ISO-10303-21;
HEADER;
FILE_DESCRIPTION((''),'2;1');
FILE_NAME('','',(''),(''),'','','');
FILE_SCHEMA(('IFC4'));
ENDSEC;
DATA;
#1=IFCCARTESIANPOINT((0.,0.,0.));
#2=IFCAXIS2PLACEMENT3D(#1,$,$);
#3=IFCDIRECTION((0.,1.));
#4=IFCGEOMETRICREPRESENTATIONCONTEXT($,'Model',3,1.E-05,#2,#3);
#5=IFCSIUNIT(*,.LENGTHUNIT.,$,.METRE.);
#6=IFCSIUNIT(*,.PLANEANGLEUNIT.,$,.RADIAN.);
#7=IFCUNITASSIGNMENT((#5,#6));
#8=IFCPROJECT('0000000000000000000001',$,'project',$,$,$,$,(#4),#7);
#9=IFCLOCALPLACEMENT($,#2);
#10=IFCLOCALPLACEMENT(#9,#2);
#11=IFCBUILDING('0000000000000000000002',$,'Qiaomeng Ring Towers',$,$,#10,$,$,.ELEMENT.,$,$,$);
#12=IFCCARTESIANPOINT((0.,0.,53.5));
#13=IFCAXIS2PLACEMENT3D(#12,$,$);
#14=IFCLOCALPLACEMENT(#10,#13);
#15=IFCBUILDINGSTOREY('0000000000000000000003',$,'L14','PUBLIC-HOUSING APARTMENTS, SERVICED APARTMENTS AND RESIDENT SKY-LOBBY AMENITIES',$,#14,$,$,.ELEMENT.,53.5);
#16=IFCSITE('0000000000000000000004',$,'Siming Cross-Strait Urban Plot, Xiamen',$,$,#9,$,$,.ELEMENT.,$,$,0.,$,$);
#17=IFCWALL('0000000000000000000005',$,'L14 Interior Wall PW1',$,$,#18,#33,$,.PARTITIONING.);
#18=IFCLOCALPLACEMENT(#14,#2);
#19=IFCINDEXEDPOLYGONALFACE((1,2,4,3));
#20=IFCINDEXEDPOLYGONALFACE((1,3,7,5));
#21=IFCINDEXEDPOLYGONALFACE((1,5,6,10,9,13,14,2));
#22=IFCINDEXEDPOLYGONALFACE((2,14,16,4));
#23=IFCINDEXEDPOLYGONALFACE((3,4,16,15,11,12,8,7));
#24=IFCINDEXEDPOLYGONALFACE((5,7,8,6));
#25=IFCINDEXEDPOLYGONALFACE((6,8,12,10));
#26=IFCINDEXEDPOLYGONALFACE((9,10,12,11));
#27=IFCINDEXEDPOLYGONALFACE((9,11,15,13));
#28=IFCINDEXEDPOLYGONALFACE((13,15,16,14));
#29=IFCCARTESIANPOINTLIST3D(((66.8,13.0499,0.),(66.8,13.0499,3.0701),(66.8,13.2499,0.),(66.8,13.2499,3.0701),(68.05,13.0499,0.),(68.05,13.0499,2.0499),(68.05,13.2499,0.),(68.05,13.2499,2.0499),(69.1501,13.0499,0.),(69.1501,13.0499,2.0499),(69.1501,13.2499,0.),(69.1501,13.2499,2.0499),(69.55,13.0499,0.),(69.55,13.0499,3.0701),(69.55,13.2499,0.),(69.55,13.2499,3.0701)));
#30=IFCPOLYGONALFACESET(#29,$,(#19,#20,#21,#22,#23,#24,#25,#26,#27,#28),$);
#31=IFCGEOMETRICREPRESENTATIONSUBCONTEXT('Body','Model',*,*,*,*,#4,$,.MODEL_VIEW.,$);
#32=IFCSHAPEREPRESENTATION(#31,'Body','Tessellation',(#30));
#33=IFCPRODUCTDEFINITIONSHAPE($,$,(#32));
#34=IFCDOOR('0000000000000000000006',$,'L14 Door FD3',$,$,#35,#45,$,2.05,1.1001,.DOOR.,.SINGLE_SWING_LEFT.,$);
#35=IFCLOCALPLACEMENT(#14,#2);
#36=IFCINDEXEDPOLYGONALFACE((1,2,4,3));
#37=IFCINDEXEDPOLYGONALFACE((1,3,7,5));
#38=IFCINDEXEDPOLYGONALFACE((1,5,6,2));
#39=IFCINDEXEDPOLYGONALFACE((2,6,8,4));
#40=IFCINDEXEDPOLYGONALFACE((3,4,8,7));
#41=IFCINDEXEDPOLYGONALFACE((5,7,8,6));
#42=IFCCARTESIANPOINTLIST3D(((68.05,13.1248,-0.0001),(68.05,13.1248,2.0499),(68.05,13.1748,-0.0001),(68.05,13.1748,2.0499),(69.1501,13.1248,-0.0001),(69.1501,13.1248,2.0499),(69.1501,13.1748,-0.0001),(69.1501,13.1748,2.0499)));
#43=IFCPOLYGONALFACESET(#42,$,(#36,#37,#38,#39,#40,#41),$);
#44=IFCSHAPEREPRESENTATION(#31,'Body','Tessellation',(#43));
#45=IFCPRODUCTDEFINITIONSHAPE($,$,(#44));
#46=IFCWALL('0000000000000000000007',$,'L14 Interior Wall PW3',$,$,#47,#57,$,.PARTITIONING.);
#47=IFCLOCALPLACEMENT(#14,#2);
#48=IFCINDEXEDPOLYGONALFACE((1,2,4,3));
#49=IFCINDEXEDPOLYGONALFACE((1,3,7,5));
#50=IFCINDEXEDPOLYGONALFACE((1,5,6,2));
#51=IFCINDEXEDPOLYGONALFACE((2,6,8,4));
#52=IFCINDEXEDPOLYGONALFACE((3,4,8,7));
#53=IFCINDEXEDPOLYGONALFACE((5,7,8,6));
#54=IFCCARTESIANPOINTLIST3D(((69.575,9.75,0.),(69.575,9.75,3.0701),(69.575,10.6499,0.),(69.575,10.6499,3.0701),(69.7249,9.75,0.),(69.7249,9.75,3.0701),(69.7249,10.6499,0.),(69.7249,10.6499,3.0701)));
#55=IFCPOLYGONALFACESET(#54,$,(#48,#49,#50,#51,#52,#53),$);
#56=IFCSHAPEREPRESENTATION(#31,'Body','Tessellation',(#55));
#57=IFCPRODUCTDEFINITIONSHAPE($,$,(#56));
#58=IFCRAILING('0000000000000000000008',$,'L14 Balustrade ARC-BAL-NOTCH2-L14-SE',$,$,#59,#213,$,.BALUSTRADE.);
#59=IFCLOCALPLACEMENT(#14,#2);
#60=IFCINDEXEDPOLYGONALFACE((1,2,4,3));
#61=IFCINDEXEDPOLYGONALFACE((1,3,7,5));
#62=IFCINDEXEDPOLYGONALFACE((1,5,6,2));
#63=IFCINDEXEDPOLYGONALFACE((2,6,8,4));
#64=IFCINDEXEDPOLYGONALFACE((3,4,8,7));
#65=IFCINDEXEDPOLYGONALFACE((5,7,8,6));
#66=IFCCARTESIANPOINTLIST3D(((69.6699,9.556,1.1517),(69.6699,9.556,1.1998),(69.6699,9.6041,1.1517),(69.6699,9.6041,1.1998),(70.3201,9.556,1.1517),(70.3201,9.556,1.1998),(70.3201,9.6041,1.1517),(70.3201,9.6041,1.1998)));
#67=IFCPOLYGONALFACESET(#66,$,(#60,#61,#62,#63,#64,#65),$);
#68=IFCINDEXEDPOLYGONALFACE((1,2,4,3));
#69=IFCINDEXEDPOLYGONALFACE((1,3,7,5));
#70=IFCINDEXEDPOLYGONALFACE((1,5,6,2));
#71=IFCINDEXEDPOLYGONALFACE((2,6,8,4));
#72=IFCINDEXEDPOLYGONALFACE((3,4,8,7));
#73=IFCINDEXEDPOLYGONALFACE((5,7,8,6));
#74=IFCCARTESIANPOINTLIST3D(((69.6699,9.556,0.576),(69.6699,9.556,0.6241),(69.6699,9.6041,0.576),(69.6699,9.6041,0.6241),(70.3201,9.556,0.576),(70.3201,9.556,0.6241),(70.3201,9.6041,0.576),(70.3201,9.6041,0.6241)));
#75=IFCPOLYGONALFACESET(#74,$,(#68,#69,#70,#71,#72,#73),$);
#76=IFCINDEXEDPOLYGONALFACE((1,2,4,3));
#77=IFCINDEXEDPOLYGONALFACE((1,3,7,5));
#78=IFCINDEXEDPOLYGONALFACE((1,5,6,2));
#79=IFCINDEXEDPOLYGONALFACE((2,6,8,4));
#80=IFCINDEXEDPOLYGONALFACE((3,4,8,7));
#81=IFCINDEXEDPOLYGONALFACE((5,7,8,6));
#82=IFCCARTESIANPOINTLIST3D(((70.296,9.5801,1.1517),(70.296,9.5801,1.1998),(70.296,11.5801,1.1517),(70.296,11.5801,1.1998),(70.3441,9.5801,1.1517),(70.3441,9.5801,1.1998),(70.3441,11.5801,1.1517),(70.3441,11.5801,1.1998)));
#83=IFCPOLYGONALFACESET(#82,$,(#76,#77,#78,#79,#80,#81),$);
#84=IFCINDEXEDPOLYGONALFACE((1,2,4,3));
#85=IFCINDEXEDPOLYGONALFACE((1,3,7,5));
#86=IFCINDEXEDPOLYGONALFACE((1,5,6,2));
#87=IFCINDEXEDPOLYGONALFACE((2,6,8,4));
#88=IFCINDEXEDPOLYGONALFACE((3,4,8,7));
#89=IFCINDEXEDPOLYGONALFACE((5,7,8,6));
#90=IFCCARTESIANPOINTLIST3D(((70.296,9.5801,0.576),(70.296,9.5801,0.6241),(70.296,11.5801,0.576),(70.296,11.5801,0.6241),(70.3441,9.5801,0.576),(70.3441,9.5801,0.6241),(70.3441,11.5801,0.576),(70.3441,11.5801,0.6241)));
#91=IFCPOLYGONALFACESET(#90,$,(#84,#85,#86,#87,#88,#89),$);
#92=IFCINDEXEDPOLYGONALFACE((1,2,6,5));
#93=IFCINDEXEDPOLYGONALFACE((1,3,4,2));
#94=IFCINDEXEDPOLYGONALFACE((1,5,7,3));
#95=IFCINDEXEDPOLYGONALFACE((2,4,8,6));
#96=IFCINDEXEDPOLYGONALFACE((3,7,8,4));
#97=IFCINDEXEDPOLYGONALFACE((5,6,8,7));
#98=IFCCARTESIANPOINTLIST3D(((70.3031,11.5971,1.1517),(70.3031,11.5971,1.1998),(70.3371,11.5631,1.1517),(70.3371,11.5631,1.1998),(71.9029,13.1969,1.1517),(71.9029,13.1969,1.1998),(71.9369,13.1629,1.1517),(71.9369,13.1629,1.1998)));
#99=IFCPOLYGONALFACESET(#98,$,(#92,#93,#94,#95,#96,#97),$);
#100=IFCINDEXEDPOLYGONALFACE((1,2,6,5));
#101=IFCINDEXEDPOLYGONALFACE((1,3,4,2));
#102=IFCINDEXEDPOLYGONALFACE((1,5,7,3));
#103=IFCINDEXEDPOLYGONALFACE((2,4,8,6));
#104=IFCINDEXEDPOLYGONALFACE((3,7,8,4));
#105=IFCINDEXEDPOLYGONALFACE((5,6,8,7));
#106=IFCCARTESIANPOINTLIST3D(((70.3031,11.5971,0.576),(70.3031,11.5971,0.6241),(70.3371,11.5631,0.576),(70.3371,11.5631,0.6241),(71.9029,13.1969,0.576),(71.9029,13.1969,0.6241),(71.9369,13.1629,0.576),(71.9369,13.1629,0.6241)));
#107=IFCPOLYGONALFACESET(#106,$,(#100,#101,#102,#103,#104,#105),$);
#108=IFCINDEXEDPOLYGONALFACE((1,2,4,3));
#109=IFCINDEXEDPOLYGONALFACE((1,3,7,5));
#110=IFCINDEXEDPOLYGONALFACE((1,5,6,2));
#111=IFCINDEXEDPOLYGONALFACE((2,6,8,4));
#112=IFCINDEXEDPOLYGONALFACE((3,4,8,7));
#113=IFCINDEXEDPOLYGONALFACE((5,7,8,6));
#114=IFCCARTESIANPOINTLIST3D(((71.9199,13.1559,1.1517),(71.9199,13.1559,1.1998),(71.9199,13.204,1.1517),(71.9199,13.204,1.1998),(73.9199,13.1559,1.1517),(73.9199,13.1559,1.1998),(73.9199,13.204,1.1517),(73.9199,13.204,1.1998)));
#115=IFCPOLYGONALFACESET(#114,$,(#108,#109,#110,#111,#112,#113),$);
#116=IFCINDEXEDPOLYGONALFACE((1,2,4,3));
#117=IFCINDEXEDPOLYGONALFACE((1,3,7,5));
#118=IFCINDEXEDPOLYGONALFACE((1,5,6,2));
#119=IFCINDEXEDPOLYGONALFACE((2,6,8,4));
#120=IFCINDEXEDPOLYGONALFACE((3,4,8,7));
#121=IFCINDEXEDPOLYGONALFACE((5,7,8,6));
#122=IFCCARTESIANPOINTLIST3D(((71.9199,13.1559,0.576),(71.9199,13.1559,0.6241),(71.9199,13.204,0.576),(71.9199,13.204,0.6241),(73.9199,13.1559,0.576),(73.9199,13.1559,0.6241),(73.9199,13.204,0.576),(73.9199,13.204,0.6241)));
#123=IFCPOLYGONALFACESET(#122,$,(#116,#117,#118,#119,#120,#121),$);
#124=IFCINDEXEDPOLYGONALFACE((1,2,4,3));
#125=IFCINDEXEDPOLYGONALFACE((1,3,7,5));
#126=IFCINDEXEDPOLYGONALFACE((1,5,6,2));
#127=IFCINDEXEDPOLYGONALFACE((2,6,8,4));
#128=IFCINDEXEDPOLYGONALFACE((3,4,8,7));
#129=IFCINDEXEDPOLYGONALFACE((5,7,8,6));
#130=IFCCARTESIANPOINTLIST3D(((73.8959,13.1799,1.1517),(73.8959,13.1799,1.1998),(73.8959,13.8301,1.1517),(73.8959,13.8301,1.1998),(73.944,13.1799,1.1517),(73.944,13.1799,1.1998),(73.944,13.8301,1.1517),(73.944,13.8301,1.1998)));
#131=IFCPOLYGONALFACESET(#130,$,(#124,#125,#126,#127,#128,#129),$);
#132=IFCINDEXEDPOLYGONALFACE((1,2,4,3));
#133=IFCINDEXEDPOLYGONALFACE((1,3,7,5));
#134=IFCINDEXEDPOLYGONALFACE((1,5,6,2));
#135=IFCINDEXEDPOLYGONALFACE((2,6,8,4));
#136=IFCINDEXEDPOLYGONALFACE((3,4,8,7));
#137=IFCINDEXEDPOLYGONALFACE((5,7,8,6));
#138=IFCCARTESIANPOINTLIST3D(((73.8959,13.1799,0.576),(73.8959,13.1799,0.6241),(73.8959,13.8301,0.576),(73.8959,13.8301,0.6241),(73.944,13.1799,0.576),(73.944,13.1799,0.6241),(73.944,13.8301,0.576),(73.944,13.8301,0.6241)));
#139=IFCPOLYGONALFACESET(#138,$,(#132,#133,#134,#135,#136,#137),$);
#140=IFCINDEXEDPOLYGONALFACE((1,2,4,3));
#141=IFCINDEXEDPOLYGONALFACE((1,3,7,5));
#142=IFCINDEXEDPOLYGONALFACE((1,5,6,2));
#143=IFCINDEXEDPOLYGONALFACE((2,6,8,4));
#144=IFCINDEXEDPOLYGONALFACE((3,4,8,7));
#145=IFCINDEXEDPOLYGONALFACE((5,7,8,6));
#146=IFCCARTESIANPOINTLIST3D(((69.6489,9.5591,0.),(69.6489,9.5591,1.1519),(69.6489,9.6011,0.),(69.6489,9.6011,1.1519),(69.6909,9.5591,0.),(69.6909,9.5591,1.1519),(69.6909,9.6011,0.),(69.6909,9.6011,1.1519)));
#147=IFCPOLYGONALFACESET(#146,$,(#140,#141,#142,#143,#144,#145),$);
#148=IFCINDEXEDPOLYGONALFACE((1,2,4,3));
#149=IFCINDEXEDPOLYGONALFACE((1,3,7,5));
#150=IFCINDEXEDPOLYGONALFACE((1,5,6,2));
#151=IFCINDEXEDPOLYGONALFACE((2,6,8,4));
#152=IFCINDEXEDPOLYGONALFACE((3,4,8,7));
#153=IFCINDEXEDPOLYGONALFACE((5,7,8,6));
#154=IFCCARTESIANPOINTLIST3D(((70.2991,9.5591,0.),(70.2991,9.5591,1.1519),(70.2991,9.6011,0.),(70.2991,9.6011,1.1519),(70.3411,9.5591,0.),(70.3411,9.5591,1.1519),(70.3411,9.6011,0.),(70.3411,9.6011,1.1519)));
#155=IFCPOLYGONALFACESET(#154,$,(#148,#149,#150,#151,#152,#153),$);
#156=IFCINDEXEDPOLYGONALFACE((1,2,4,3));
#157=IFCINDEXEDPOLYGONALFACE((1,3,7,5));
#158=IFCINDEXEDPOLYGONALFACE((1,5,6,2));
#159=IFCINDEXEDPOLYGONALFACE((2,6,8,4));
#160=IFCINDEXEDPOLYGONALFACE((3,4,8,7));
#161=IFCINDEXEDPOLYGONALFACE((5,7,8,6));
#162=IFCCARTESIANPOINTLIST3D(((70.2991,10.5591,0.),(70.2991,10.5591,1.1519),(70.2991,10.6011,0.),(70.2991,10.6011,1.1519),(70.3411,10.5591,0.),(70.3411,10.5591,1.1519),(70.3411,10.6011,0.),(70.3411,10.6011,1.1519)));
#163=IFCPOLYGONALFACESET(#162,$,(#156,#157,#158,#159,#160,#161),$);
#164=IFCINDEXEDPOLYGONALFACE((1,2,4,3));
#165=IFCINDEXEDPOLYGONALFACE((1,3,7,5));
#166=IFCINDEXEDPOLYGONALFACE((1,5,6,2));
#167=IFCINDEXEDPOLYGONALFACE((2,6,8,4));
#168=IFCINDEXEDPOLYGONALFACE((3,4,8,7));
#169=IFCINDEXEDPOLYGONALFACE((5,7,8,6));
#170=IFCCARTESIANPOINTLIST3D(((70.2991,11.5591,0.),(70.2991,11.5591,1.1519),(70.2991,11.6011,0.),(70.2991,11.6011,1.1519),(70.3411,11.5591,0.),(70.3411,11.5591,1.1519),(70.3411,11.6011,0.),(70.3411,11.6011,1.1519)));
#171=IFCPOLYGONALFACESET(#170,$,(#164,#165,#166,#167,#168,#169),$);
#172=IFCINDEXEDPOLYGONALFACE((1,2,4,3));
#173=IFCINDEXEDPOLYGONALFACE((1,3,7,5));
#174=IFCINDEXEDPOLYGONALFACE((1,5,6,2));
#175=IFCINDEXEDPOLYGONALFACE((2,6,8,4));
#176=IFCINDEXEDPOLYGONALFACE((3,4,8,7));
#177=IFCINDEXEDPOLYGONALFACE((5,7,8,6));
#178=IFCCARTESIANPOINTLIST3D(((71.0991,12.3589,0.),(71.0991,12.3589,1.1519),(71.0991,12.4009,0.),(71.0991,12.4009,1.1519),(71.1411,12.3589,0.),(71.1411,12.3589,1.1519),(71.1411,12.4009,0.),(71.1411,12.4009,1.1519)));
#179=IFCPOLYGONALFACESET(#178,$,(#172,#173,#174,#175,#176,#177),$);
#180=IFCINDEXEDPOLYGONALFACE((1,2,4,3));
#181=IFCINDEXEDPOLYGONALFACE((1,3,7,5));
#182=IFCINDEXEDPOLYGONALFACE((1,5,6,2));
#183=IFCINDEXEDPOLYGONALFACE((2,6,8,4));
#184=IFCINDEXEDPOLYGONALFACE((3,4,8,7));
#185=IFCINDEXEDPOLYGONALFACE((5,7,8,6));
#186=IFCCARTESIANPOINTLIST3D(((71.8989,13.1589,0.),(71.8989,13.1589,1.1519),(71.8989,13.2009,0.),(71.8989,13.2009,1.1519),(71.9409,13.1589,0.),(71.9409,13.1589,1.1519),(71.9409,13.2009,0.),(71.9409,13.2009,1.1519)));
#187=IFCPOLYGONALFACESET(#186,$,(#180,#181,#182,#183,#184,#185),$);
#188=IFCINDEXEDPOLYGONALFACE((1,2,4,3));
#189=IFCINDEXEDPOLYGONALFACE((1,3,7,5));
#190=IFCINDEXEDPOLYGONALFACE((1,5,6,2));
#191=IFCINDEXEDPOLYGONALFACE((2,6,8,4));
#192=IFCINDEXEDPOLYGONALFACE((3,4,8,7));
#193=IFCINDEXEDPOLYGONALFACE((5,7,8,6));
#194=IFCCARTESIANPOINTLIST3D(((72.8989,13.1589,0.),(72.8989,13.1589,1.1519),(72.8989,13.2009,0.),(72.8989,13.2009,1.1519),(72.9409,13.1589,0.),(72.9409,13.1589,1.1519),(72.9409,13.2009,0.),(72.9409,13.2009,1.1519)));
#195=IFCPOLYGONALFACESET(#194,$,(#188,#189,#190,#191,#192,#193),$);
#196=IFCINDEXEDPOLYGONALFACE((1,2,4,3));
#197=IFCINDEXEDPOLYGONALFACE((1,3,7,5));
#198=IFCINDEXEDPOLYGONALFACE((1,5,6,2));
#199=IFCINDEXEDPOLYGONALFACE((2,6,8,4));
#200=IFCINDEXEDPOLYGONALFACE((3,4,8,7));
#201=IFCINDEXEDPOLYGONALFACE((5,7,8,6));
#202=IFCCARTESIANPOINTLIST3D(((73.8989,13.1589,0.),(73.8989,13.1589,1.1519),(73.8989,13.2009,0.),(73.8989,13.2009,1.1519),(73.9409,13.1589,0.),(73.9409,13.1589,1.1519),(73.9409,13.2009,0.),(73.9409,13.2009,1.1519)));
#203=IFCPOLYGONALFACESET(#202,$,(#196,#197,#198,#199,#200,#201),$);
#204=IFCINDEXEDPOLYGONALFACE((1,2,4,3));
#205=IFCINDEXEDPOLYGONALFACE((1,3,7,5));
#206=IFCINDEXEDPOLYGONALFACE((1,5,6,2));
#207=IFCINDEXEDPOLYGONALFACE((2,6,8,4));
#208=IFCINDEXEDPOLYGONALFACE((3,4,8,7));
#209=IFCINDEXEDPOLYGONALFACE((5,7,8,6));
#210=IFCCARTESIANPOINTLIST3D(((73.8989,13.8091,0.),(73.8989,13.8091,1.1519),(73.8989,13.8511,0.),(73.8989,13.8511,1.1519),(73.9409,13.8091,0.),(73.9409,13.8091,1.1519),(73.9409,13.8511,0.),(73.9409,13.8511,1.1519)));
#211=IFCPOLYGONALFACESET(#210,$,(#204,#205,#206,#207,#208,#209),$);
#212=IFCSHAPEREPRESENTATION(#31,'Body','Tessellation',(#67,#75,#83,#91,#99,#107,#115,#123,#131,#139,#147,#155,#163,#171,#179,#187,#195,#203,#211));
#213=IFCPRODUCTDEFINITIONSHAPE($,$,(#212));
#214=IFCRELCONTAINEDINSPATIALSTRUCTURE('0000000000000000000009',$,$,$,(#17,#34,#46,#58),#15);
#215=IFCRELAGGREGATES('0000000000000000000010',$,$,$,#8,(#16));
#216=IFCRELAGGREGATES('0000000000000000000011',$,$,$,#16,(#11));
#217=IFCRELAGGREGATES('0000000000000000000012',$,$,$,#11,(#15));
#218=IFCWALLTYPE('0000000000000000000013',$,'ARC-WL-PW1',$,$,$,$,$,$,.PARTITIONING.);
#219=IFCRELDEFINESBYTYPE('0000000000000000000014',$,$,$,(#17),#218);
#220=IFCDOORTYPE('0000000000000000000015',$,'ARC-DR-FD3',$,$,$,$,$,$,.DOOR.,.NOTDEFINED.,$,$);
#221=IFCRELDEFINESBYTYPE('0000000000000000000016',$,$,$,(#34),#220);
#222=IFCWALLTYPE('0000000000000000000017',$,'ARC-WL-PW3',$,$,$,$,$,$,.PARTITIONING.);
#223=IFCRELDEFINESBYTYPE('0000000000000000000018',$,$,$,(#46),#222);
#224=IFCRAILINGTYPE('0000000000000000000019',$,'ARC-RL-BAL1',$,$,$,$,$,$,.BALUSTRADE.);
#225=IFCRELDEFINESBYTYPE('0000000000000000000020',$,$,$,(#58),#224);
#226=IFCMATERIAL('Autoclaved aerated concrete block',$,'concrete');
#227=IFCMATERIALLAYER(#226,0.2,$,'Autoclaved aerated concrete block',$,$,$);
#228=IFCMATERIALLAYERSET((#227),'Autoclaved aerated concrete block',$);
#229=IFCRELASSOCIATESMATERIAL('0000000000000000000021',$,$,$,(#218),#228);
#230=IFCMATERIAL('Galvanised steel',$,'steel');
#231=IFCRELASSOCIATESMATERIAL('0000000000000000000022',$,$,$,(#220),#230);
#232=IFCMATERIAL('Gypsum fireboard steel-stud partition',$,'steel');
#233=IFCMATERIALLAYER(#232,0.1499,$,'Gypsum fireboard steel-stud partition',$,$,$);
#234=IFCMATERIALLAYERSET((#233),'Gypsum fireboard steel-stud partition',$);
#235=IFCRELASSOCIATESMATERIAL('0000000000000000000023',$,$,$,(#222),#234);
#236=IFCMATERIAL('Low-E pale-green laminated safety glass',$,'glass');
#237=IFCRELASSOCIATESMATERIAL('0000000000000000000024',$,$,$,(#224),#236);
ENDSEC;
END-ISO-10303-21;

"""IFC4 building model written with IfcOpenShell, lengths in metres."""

from ifc_helpers import new_model, si_unit, direction, frame, frame_2d, origin, origin_2d, place, context, subcontext, project, spatial, rectangle, extrude, source, transform, mapped, material, layer, layer_set, type_object, element, fill, save


model = new_model("IFC4")

# Units and contexts
model_context = context("Model", 3, precision=1e-05, world=origin(), true_north=direction((0.0, 1.0)))
body_context = subcontext(model_context, "Body", "Model", "MODEL_VIEW")
ifc_project = project(units=[si_unit("LENGTHUNIT", "METRE"), si_unit("PLANEANGLEUNIT", "RADIAN")], contexts=[model_context])

# Site, building, storey
site_placement = place(None, origin())
site = spatial("IfcSite", under=ifc_project, at=site_placement, Name="Siming Cross-Strait Urban Plot, Xiamen", CompositionType="ELEMENT", RefElevation=0.0)
building_placement = place(site_placement, origin())
building = spatial("IfcBuilding", under=site, at=building_placement, Name="Qiaomeng Ring Towers", CompositionType="ELEMENT")
storey_placement = place(building_placement, frame((0.0, 0.0, 53.5)))
storey = spatial("IfcBuildingStorey", under=building, at=storey_placement, Name="L14", Description="PUBLIC-HOUSING APARTMENTS, SERVICED APARTMENTS AND RESIDENT SKY-LOBBY AMENITIES", CompositionType="ELEMENT", Elevation=53.5)

# Shared definitions
ifc_material_1 = material(Name="Autoclaved aerated concrete block", Category="concrete")
ifc_layer_1 = layer(ifc_material_1, 0.2, Name="Autoclaved aerated concrete block")
ifc_layer_set_1 = layer_set([ifc_layer_1], Name="Autoclaved aerated concrete block")
wall_type_1 = type_object("IfcWallType", Name="ARC-WL-PW1", PredefinedType="PARTITIONING", material=ifc_layer_set_1)

# Wall, opening, door
wall_1_placement = place(storey_placement, frame((66.8, 13.1499, 0.0), z_axis=(0.0, 0.0, 1.0), x_axis=(1.0, 0.0, 0.0)))
wall_1 = element("IfcWall", 1, at=wall_1_placement, inside=storey, type_object=wall_type_1, Name="L14 Interior Wall PW1", PredefinedType="PARTITIONING", context=body_context, shape_type="SweptSolid", body=[
    extrude(rectangle(XDim=2.75, YDim=0.2, at=frame_2d((1.375, 0.0))), origin(), (0.0, 0.0, 1.0), 3.0701),
])
opening_1_placement = place(wall_1_placement, frame((1.25, 0.0, 0.0)))
opening_1 = element("IfcOpeningElement", 2, at=opening_1_placement, cuts=wall_1, PredefinedType="OPENING", context=body_context, shape_type="SweptSolid", body=[
    extrude(rectangle(XDim=1.1001, YDim=2.05, at=frame_2d((0.55, 1.0249))), frame((0.0, 0.1099, 0.0), z_axis=(0.0, -1.0, 0.0), x_axis=(1.0, 0.0, 0.0)), (0.0, 0.0, 1.0), 0.22),
])
ifc_material_2 = material(Name="Galvanised steel", Category="steel")
door_type_1 = type_object("IfcDoorType", Name="ARC-DR-FD3", OperationType="NOTDEFINED", PredefinedType="DOOR", material=ifc_material_2)
shared_shape_1 = source(origin(), body_context, "Body", "SweptSolid", [
    extrude(rectangle(XDim=1.1001, YDim=2.05, at=frame_2d((0.55, 1.0249))), frame((0.0, 0.0249, 0.0), z_axis=(0.0, -1.0, 0.0), x_axis=(1.0, 0.0, 0.0)), (0.0, 0.0, 1.0), 0.05),
])
door_1_placement = place(opening_1_placement, origin())
door_1 = element("IfcDoor", 3, at=door_1_placement, inside=storey, type_object=door_type_1, Name="L14 Door FD3", OperationType="SINGLE_SWING_LEFT", OverallHeight=2.05, OverallWidth=1.1001, PredefinedType="DOOR", context=body_context, shape_type="MappedRepresentation", body=[
    mapped(shared_shape_1, transform((0.0, 0.0, 0.0), x_axis=(1.0, 0.0, 0.0), y_axis=(0.0, 1.0, 0.0), z_axis=(0.0, 0.0, 1.0), scale=1.0)),
])
fill(opening_1, door_1)

# Wall
ifc_material_3 = material(Name="Gypsum fireboard steel-stud partition", Category="steel")
ifc_layer_2 = layer(ifc_material_3, 0.1499, Name="Gypsum fireboard steel-stud partition")
ifc_layer_set_2 = layer_set([ifc_layer_2], Name="Gypsum fireboard steel-stud partition")
wall_type_2 = type_object("IfcWallType", Name="ARC-WL-PW3", PredefinedType="PARTITIONING", material=ifc_layer_set_2)
wall_2_placement = place(storey_placement, frame((69.6499, 9.75, 0.0), z_axis=(0.0, 0.0, 1.0), x_axis=(0.0, 1.0, 0.0)))
element("IfcWall", 4, at=wall_2_placement, inside=storey, type_object=wall_type_2, Name="L14 Interior Wall PW3", PredefinedType="PARTITIONING", context=body_context, shape_type="SweptSolid", body=[
    extrude(rectangle(XDim=0.8999, YDim=0.1499, at=frame_2d((0.45, 0.0))), origin(), (0.0, 0.0, 1.0), 3.0701),
])

# Railing
ifc_material_4 = material(Name="Low-E pale-green laminated safety glass", Category="glass")
railing_type = type_object("IfcRailingType", Name="ARC-RL-BAL1", PredefinedType="BALUSTRADE", material=ifc_material_4)
railing_placement = place(storey_placement, frame((69.6699, 9.5801, 0.0)))
element("IfcRailing", 5, at=railing_placement, inside=storey, type_object=railing_type, Name="L14 Balustrade ARC-BAL-NOTCH2-L14-SE", PredefinedType="BALUSTRADE", context=body_context, shape_type="SweptSolid", body=[
    extrude(rectangle(XDim=0.0481, YDim=0.0481, at=origin_2d()), frame((0.0, 0.0, 1.1758), z_axis=(1.0, 0.0, 0.0), x_axis=(0.0, 1.0, 0.0)), (0.0, 0.0, 1.0), 0.6501),
    extrude(rectangle(XDim=0.0481, YDim=0.0481, at=origin_2d()), frame((0.0, 0.0, 0.6001), z_axis=(1.0, 0.0, 0.0), x_axis=(0.0, 1.0, 0.0)), (0.0, 0.0, 1.0), 0.6501),
    extrude(rectangle(XDim=0.0481, YDim=0.0481, at=origin_2d()), frame((0.6501, 0.0, 1.1758), z_axis=(0.0, 1.0, 0.0), x_axis=(-1.0, 0.0, 0.0)), (0.0, 0.0, 1.0), 2.0),
    extrude(rectangle(XDim=0.0481, YDim=0.0481, at=origin_2d()), frame((0.6501, 0.0, 0.6001), z_axis=(0.0, 1.0, 0.0), x_axis=(-1.0, 0.0, 0.0)), (0.0, 0.0, 1.0), 2.0),
    extrude(rectangle(XDim=0.0481, YDim=0.0481, at=origin_2d()), frame((0.6501, 2.0, 1.1758), z_axis=(0.707107, 0.707107, 0.0), x_axis=(-0.707107, 0.707107, 0.0)), (0.0, 0.0, 1.0), 2.2625),
    extrude(rectangle(XDim=0.0481, YDim=0.0481, at=origin_2d()), frame((0.6501, 2.0, 0.6001), z_axis=(0.707107, 0.707107, 0.0), x_axis=(-0.707107, 0.707107, 0.0)), (0.0, 0.0, 1.0), 2.2625),
    extrude(rectangle(XDim=0.0481, YDim=0.0481, at=origin_2d()), frame((2.25, 3.5999, 1.1758), z_axis=(1.0, 0.0, 0.0), x_axis=(0.0, 1.0, 0.0)), (0.0, 0.0, 1.0), 2.0),
    extrude(rectangle(XDim=0.0481, YDim=0.0481, at=origin_2d()), frame((2.25, 3.5999, 0.6001), z_axis=(1.0, 0.0, 0.0), x_axis=(0.0, 1.0, 0.0)), (0.0, 0.0, 1.0), 2.0),
    extrude(rectangle(XDim=0.0481, YDim=0.0481, at=origin_2d()), frame((4.25, 3.5999, 1.1758), z_axis=(0.0, 1.0, 0.0), x_axis=(-1.0, 0.0, 0.0)), (0.0, 0.0, 1.0), 0.6501),
    extrude(rectangle(XDim=0.0481, YDim=0.0481, at=origin_2d()), frame((4.25, 3.5999, 0.6001), z_axis=(0.0, 1.0, 0.0), x_axis=(-1.0, 0.0, 0.0)), (0.0, 0.0, 1.0), 0.6501),
    extrude(rectangle(XDim=0.042, YDim=0.042, at=origin_2d()), origin(), (0.0, 0.0, 1.0), 1.1519),
    extrude(rectangle(XDim=0.042, YDim=0.042, at=origin_2d()), frame((0.6501, 0.0, 0.0)), (0.0, 0.0, 1.0), 1.1519),
    extrude(rectangle(XDim=0.042, YDim=0.042, at=origin_2d()), frame((0.6501, 1.0, 0.0)), (0.0, 0.0, 1.0), 1.1519),
    extrude(rectangle(XDim=0.042, YDim=0.042, at=origin_2d()), frame((0.6501, 2.0, 0.0)), (0.0, 0.0, 1.0), 1.1519),
    extrude(rectangle(XDim=0.042, YDim=0.042, at=origin_2d()), frame((1.4502, 2.7998, 0.0)), (0.0, 0.0, 1.0), 1.1519),
    extrude(rectangle(XDim=0.042, YDim=0.042, at=origin_2d()), frame((2.25, 3.5999, 0.0)), (0.0, 0.0, 1.0), 1.1519),
    extrude(rectangle(XDim=0.042, YDim=0.042, at=origin_2d()), frame((3.25, 3.5999, 0.0)), (0.0, 0.0, 1.0), 1.1519),
    extrude(rectangle(XDim=0.042, YDim=0.042, at=origin_2d()), frame((4.25, 3.5999, 0.0)), (0.0, 0.0, 1.0), 1.1519),
    extrude(rectangle(XDim=0.042, YDim=0.042, at=origin_2d()), frame((4.25, 4.25, 0.0)), (0.0, 0.0, 1.0), 1.1519),
])

save(model, "model.ifc")
